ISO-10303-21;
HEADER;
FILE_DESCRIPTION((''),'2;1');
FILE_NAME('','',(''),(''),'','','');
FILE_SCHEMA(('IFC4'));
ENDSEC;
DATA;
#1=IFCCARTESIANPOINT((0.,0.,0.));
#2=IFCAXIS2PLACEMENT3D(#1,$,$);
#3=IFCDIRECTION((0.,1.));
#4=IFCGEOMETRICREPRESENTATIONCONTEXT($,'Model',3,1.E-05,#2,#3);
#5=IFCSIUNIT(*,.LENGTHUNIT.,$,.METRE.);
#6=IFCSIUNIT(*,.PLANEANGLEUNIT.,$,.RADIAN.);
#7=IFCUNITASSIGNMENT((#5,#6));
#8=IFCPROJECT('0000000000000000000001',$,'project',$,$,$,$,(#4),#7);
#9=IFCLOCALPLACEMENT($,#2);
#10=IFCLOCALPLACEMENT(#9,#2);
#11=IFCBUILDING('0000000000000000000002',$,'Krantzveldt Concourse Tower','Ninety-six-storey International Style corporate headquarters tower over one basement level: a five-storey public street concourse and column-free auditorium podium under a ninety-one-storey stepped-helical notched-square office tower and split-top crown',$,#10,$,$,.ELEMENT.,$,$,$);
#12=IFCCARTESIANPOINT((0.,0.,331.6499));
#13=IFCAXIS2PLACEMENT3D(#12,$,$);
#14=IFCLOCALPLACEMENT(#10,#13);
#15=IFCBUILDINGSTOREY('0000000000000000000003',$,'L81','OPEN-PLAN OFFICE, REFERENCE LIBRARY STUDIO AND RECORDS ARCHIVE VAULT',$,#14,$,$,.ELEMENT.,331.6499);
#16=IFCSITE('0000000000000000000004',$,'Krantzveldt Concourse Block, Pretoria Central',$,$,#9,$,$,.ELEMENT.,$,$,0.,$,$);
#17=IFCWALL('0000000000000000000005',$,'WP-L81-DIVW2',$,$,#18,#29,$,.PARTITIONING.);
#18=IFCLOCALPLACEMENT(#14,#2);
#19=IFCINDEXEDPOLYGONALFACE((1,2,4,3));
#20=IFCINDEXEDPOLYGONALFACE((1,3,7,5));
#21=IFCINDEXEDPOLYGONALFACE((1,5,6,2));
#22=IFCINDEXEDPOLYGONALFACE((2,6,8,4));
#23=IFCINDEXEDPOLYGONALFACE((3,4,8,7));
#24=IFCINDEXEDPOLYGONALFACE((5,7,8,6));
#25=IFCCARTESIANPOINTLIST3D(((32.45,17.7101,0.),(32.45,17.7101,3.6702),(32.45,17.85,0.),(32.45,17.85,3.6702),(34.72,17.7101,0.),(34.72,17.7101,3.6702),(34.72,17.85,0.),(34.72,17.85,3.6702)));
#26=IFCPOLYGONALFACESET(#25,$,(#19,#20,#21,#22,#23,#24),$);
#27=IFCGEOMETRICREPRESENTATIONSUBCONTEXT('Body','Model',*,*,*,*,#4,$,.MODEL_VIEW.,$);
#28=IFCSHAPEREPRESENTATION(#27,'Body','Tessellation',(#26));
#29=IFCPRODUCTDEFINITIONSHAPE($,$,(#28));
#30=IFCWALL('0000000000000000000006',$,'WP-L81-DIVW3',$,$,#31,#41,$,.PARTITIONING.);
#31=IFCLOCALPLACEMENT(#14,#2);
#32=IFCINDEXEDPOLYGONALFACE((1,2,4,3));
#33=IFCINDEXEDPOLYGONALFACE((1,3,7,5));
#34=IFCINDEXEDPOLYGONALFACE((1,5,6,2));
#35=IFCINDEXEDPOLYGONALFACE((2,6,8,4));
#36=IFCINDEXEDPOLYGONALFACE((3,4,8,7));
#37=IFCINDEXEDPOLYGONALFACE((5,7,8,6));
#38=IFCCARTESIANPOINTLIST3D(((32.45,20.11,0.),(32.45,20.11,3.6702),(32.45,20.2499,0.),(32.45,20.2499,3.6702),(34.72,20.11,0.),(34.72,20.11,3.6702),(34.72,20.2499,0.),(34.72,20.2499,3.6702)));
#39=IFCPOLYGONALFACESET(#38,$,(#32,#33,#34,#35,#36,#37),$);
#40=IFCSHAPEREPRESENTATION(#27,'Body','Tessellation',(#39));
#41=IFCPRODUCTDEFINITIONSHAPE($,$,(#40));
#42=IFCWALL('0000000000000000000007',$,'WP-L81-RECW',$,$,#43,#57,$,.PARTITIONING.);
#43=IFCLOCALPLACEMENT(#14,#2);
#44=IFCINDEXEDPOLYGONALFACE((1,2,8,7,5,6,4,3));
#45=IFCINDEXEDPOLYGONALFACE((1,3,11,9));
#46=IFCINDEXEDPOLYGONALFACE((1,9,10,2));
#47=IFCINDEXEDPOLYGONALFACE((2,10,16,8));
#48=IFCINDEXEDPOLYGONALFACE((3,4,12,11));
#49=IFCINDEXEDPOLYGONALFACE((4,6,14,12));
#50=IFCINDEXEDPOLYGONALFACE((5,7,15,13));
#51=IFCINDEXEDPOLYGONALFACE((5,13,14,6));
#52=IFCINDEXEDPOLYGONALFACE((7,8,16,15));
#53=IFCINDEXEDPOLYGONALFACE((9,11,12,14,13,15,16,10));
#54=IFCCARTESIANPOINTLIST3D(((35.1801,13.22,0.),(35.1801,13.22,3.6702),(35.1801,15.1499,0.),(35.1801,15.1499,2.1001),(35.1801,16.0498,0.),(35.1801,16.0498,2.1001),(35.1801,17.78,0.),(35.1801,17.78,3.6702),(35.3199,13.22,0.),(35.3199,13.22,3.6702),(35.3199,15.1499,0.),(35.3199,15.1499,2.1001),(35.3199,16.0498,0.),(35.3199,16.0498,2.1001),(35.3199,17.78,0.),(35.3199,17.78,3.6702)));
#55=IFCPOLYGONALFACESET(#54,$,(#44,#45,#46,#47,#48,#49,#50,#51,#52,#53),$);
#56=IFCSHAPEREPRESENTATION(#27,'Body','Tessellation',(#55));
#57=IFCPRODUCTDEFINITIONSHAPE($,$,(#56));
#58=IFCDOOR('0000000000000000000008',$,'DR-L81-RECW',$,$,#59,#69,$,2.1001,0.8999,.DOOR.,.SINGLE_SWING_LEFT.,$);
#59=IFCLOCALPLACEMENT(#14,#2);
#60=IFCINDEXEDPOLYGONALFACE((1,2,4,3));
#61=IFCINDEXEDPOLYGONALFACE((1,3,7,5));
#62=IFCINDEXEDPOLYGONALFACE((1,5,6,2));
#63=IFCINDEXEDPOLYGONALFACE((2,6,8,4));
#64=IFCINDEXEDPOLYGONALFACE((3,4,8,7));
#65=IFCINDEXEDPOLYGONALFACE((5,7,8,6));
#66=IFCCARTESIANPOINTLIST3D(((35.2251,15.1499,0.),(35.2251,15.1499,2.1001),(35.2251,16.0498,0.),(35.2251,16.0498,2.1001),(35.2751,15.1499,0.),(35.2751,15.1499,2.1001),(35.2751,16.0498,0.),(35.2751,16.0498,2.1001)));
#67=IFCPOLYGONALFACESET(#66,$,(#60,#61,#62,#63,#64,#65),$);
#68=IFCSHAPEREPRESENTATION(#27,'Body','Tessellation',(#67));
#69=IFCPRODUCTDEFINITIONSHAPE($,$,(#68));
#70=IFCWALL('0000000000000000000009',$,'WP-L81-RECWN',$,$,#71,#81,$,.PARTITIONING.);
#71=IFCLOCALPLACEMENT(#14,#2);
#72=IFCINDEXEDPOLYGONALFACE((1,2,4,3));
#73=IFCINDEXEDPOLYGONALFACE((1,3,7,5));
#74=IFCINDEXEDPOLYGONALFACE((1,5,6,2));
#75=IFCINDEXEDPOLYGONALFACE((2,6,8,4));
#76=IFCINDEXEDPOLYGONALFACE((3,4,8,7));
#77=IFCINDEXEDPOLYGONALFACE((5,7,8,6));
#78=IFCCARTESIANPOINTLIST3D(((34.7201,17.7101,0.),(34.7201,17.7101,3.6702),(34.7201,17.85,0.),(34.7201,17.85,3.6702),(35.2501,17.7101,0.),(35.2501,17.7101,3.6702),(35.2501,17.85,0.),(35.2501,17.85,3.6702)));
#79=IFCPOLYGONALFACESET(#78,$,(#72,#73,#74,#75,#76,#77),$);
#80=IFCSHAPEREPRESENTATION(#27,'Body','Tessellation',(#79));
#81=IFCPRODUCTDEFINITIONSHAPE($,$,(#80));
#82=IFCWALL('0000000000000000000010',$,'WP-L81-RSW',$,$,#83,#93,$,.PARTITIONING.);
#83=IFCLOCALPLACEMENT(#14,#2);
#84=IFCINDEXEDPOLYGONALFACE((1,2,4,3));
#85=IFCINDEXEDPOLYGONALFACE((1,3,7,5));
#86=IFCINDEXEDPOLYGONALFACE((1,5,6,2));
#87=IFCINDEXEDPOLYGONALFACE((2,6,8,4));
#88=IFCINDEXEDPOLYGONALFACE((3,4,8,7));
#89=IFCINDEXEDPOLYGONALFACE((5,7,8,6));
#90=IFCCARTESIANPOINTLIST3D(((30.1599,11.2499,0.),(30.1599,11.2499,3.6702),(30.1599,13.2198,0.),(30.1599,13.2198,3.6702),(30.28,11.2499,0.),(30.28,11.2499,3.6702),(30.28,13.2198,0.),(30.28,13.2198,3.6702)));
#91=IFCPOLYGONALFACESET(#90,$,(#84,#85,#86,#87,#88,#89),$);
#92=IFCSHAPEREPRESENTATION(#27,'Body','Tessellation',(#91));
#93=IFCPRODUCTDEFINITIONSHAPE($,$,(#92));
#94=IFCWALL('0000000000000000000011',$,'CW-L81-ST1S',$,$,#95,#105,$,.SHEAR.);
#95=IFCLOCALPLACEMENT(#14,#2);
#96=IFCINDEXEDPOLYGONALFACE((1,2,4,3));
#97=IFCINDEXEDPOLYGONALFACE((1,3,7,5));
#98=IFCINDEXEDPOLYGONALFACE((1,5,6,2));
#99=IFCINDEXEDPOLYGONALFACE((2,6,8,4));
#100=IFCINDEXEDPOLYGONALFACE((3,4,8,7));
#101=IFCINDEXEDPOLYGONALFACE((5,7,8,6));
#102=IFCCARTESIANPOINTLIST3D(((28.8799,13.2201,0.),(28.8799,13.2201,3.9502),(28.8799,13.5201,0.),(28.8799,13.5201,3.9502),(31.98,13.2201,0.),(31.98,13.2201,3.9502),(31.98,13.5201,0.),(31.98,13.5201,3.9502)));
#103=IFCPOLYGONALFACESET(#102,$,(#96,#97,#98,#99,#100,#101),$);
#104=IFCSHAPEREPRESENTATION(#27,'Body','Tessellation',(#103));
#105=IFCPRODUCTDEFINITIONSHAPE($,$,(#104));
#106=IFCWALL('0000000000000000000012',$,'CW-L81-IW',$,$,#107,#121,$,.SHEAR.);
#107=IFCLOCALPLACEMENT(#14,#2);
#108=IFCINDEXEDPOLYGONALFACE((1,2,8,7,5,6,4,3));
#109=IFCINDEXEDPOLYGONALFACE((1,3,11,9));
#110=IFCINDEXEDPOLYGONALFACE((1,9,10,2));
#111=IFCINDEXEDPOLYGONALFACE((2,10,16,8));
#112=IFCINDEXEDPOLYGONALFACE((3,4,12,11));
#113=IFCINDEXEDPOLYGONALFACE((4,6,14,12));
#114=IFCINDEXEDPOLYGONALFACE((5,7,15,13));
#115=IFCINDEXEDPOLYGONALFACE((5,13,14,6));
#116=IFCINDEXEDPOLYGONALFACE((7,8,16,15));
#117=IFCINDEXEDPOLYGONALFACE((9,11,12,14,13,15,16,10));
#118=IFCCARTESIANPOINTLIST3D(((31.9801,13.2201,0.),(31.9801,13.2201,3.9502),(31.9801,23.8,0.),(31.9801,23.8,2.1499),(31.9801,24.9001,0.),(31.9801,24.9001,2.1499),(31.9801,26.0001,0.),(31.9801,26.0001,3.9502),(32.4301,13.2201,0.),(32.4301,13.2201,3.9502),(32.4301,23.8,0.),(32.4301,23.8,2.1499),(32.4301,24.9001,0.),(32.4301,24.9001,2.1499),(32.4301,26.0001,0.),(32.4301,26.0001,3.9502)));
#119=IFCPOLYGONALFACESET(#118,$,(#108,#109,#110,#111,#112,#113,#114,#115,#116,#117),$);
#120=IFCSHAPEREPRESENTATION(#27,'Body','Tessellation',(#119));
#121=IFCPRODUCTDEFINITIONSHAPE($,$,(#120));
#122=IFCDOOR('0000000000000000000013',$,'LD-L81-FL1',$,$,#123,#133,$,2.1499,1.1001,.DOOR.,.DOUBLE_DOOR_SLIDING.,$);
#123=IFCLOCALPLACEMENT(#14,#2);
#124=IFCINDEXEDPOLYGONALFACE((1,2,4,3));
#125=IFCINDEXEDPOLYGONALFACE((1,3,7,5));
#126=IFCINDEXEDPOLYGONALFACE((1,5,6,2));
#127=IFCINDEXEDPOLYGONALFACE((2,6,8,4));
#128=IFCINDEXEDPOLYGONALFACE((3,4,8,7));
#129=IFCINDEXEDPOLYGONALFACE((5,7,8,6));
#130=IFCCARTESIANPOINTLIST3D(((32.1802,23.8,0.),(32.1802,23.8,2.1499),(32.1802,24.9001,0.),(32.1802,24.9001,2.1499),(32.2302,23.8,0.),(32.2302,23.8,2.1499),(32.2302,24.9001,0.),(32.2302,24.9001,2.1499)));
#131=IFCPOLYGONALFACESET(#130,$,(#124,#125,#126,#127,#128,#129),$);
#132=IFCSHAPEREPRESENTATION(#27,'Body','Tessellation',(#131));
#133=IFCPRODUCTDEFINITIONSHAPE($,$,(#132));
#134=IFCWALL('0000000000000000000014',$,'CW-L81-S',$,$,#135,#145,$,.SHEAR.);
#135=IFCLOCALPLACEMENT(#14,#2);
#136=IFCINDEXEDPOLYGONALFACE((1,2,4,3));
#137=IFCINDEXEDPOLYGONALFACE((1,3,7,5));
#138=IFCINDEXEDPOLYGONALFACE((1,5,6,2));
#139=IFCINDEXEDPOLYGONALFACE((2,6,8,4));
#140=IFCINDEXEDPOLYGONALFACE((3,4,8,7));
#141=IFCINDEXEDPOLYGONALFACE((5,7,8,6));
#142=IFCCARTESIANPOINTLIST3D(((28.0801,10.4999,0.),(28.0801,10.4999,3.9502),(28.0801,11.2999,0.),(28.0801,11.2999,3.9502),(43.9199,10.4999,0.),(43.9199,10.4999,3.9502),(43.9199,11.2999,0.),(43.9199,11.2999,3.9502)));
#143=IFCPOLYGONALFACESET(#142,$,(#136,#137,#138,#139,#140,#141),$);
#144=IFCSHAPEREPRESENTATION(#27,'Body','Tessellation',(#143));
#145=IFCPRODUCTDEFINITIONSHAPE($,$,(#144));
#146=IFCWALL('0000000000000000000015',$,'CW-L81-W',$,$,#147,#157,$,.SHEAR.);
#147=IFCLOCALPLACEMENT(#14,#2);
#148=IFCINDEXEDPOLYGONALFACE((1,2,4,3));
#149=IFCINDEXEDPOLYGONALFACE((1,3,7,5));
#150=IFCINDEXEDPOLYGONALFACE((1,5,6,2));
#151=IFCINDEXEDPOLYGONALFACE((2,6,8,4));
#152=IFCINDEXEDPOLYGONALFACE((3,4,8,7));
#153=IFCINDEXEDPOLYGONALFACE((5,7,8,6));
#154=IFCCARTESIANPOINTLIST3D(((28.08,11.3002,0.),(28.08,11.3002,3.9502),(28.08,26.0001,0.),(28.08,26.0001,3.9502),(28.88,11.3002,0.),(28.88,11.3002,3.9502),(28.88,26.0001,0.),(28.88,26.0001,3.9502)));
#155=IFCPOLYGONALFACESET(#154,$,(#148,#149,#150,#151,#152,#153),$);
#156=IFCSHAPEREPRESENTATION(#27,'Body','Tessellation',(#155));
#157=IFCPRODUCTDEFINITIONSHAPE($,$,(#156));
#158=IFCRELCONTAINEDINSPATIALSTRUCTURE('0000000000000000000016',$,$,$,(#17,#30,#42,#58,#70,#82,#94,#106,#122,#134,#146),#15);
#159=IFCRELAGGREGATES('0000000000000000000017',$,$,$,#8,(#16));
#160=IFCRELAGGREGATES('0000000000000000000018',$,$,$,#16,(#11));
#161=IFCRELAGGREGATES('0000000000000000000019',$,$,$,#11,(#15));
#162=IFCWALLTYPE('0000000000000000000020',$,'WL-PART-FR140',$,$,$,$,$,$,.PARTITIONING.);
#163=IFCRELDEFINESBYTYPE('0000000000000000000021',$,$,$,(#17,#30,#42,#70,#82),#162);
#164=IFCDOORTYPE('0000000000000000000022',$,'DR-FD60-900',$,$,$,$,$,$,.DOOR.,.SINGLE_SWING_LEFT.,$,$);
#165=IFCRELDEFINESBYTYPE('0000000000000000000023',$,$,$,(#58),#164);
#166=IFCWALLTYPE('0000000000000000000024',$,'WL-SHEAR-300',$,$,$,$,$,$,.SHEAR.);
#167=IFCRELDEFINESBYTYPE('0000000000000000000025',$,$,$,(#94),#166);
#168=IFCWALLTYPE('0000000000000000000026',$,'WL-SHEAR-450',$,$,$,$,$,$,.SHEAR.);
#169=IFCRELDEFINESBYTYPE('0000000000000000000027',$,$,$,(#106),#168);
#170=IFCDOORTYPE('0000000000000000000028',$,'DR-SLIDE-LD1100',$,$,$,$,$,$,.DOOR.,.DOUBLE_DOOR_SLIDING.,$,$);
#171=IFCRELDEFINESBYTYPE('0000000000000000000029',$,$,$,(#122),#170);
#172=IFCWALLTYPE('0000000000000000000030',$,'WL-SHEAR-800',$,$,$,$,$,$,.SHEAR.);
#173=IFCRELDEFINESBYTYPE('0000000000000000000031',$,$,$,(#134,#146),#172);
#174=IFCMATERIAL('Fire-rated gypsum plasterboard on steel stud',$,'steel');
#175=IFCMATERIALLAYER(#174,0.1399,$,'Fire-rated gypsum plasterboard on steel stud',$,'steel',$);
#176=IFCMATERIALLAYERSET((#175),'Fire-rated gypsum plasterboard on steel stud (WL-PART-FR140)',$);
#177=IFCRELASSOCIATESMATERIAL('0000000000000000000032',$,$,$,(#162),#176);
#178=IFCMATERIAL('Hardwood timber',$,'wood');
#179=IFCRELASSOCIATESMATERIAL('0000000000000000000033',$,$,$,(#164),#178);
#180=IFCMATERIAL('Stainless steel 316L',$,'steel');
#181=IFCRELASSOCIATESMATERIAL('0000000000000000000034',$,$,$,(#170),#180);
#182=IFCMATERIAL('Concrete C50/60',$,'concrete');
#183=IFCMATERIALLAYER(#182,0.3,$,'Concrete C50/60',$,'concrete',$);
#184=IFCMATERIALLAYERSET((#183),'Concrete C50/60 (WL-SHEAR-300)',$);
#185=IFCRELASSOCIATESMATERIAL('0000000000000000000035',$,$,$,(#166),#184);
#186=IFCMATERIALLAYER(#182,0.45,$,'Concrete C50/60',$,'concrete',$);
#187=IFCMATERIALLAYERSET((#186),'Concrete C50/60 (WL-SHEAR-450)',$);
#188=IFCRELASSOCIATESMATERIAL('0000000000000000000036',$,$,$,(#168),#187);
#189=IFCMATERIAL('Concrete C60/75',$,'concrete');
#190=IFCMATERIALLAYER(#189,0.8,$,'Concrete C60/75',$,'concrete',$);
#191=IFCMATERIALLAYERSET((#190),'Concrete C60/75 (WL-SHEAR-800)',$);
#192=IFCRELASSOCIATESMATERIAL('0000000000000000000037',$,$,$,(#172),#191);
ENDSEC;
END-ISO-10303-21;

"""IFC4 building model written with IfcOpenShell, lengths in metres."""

from ifc_helpers import new_model, si_unit, direction, frame, frame_2d, origin, place, context, subcontext, project, spatial, rectangle, extrude, material, layer, layer_set, type_object, element, fill, save


model = new_model("IFC4")

# Units and contexts
model_context = context("Model", 3, precision=1e-05, world=origin(), true_north=direction((0.0, 1.0)))
body_context = subcontext(model_context, "Body", "Model", "MODEL_VIEW")
ifc_project = project(units=[si_unit("LENGTHUNIT", "METRE"), si_unit("PLANEANGLEUNIT", "RADIAN")], contexts=[model_context])

# Site, building, storey
site_placement = place(None, origin())
site = spatial("IfcSite", under=ifc_project, at=site_placement, Name="Krantzveldt Concourse Block, Pretoria Central", CompositionType="ELEMENT", RefElevation=0.0)
building_placement = place(site_placement, origin())
building = spatial("IfcBuilding", under=site, at=building_placement, Name="Krantzveldt Concourse Tower", Description="Ninety-six-storey International Style corporate headquarters tower over one basement level: a five-storey public street concourse and column-free auditorium podium under a ninety-one-storey stepped-helical notched-square office tower and split-top crown", CompositionType="ELEMENT")
storey_placement = place(building_placement, frame((0.0, 0.0, 331.6499)))
storey = spatial("IfcBuildingStorey", under=building, at=storey_placement, Name="L81", Description="OPEN-PLAN OFFICE, REFERENCE LIBRARY STUDIO AND RECORDS ARCHIVE VAULT", CompositionType="ELEMENT", Elevation=331.6499)

# Shared definitions
ifc_material_1 = material(Name="Fire-rated gypsum plasterboard on steel stud", Category="steel")
ifc_material_2 = material(Name="Hardwood timber", Category="wood")
ifc_layer_1 = layer(ifc_material_1, 0.1399, Name="Fire-rated gypsum plasterboard on steel stud", Category="steel")
ifc_layer_set_1 = layer_set([ifc_layer_1], Name="Fire-rated gypsum plasterboard on steel stud (WL-PART-FR140)")
wall_type_1 = type_object("IfcWallType", Name="WL-PART-FR140", PredefinedType="PARTITIONING", material=ifc_layer_set_1)
door_type_1 = type_object("IfcDoorType", Name="DR-FD60-900", OperationType="SINGLE_SWING_LEFT", PredefinedType="DOOR", material=ifc_material_2)
ifc_material_3 = material(Name="Stainless steel 316L", Category="steel")
door_type_2 = type_object("IfcDoorType", Name="DR-SLIDE-LD1100", OperationType="DOUBLE_DOOR_SLIDING", PredefinedType="DOOR", material=ifc_material_3)

# Walls
for number, where, z_axis, x_axis, name in (
    (1, (32.45, 17.78, 0.0), (0.0, 0.0, 1.0), (1.0, 0.0, 0.0), "WP-L81-DIVW2"),
    (2, (32.45, 20.1799, 0.0), (0.0, 0.0, 1.0), (1.0, 0.0, 0.0), "WP-L81-DIVW3"),
):
    element("IfcWall", number, at=place(storey_placement, frame(where, z_axis=z_axis, x_axis=x_axis)), inside=storey, type_object=wall_type_1, Name=name, PredefinedType="PARTITIONING", context=body_context, shape_type="SweptSolid", body=[
        extrude(rectangle(XDim=2.27, YDim=0.1399, at=frame_2d((1.135, 0.0))), origin(), (0.0, 0.0, 1.0), 3.6702),
    ])

# Wall, opening, door
wall_1_placement = place(storey_placement, frame((35.25, 13.22, 0.0), z_axis=(0.0, 0.0, 1.0), x_axis=(0.0, 1.0, 0.0)))
wall_1 = element("IfcWall", 3, at=wall_1_placement, inside=storey, type_object=wall_type_1, Name="WP-L81-RECW", PredefinedType="PARTITIONING", context=body_context, shape_type="SweptSolid", body=[
    extrude(rectangle(XDim=4.5601, YDim=0.1399, at=frame_2d((2.28, 0.0))), origin(), (0.0, 0.0, 1.0), 3.6702),
])
opening_1_placement = place(wall_1_placement, frame((1.9299, 0.0, 0.0)))
opening_1 = element("IfcOpeningElement", 4, at=opening_1_placement, cuts=wall_1, PredefinedType="OPENING", context=body_context, shape_type="SweptSolid", body=[
    extrude(rectangle(XDim=0.8999, YDim=2.1001, at=frame_2d((0.45, 1.05))), frame((0.0, 0.0801, 0.0), z_axis=(0.0, -1.0, 0.0), x_axis=(1.0, 0.0, 0.0)), (0.0, 0.0, 1.0), 0.1599),
])
door_1_placement = place(opening_1_placement, origin())
door_1 = element("IfcDoor", 5, at=door_1_placement, inside=storey, type_object=door_type_1, Name="DR-L81-RECW", OperationType="SINGLE_SWING_LEFT", OverallHeight=2.1001, OverallWidth=0.8999, PredefinedType="DOOR", context=body_context, shape_type="SweptSolid", body=[
    extrude(rectangle(XDim=0.8999, YDim=2.1001, at=frame_2d((0.45, 1.05))), frame((0.0, 0.0249, 0.0), z_axis=(0.0, -1.0, 0.0), x_axis=(1.0, 0.0, 0.0)), (0.0, 0.0, 1.0), 0.05),
])
fill(opening_1, door_1)

# Walls
wall_2_placement = place(storey_placement, frame((34.72, 17.78, 0.0), z_axis=(0.0, 0.0, 1.0), x_axis=(1.0, 0.0, 0.0)))
element("IfcWall", 6, at=wall_2_placement, inside=storey, type_object=wall_type_1, Name="WP-L81-RECWN", PredefinedType="PARTITIONING", context=body_context, shape_type="SweptSolid", body=[
    extrude(rectangle(XDim=0.53, YDim=0.1399, at=frame_2d((0.2651, 0.0))), origin(), (0.0, 0.0, 1.0), 3.6702),
])
wall_3_placement = place(storey_placement, frame((30.22, 11.25, 0.0), z_axis=(0.0, 0.0, 1.0), x_axis=(0.0, 1.0, 0.0)))
element("IfcWall", 7, at=wall_3_placement, inside=storey, type_object=wall_type_1, Name="WP-L81-RSW", PredefinedType="PARTITIONING", context=body_context, shape_type="SweptSolid", body=[
    extrude(rectangle(XDim=1.97, YDim=0.1201, at=frame_2d((0.9849, 0.0))), origin(), (0.0, 0.0, 1.0), 3.6702),
])
ifc_material_4 = material(Name="Concrete C50/60", Category="concrete")
ifc_layer_2 = layer(ifc_material_4, 0.3, Name="Concrete C50/60", Category="concrete")
ifc_layer_set_2 = layer_set([ifc_layer_2], Name="Concrete C50/60 (WL-SHEAR-300)")
wall_type_2 = type_object("IfcWallType", Name="WL-SHEAR-300", PredefinedType="SHEAR", material=ifc_layer_set_2)
wall_4_placement = place(storey_placement, frame((28.8799, 13.3701, 0.0), z_axis=(0.0, 0.0, 1.0), x_axis=(1.0, 0.0, 0.0)))
element("IfcWall", 8, at=wall_4_placement, inside=storey, type_object=wall_type_2, Name="CW-L81-ST1S", PredefinedType="SHEAR", context=body_context, shape_type="SweptSolid", body=[
    extrude(rectangle(XDim=3.1001, YDim=0.3, at=frame_2d((1.55, 0.0))), origin(), (0.0, 0.0, 1.0), 3.9502),
])

# Wall, opening, door
ifc_layer_3 = layer(ifc_material_4, 0.45, Name="Concrete C50/60", Category="concrete")
ifc_layer_set_3 = layer_set([ifc_layer_3], Name="Concrete C50/60 (WL-SHEAR-450)")
wall_type_3 = type_object("IfcWallType", Name="WL-SHEAR-450", PredefinedType="SHEAR", material=ifc_layer_set_3)
wall_5_placement = place(storey_placement, frame((32.2051, 13.22, 0.0), z_axis=(0.0, 0.0, 1.0), x_axis=(0.0, 1.0, 0.0)))
wall_5 = element("IfcWall", 9, at=wall_5_placement, inside=storey, type_object=wall_type_3, Name="CW-L81-IW", PredefinedType="SHEAR", context=body_context, shape_type="SweptSolid", body=[
    extrude(rectangle(XDim=12.78, YDim=0.45, at=frame_2d((6.3901, 0.0))), origin(), (0.0, 0.0, 1.0), 3.9502),
])
opening_2_placement = place(wall_5_placement, frame((10.5801, 0.0, 0.0)))
opening_2 = element("IfcOpeningElement", 10, at=opening_2_placement, cuts=wall_5, PredefinedType="OPENING", context=body_context, shape_type="SweptSolid", body=[
    extrude(rectangle(XDim=1.1001, YDim=2.1499, at=frame_2d((0.55, 1.075))), frame((0.0, 0.2349, 0.0), z_axis=(0.0, -1.0, 0.0), x_axis=(1.0, 0.0, 0.0)), (0.0, 0.0, 1.0), 0.47),
])
door_2_placement = place(opening_2_placement, origin())
door_2 = element("IfcDoor", 11, at=door_2_placement, inside=storey, type_object=door_type_2, Name="LD-L81-FL1", OperationType="DOUBLE_DOOR_SLIDING", OverallHeight=2.1499, OverallWidth=1.1001, PredefinedType="DOOR", context=body_context, shape_type="SweptSolid", body=[
    extrude(rectangle(XDim=1.1001, YDim=2.1499, at=frame_2d((0.55, 1.075))), frame((0.0, 0.0249, 0.0), z_axis=(0.0, -1.0, 0.0), x_axis=(1.0, 0.0, 0.0)), (0.0, 0.0, 1.0), 0.05),
])
fill(opening_2, door_2)

# Walls
ifc_material_5 = material(Name="Concrete C60/75", Category="concrete")
ifc_layer_4 = layer(ifc_material_5, 0.8, Name="Concrete C60/75", Category="concrete")
ifc_layer_set_4 = layer_set([ifc_layer_4], Name="Concrete C60/75 (WL-SHEAR-800)")
wall_type_4 = type_object("IfcWallType", Name="WL-SHEAR-800", PredefinedType="SHEAR", material=ifc_layer_set_4)
wall_6_placement = place(storey_placement, frame((28.0801, 10.8999, 0.0), z_axis=(0.0, 0.0, 1.0), x_axis=(1.0, 0.0, 0.0)))
element("IfcWall", 12, at=wall_6_placement, inside=storey, type_object=wall_type_4, Name="CW-L81-S", PredefinedType="SHEAR", context=body_context, shape_type="SweptSolid", body=[
    extrude(rectangle(XDim=15.8398, YDim=0.8, at=frame_2d((7.9199, 0.0))), origin(), (0.0, 0.0, 1.0), 3.9502),
])
wall_7_placement = place(storey_placement, frame((28.48, 11.3, 0.0), z_axis=(0.0, 0.0, 1.0), x_axis=(0.0, 1.0, 0.0)))
element("IfcWall", 13, at=wall_7_placement, inside=storey, type_object=wall_type_4, Name="CW-L81-W", PredefinedType="SHEAR", context=body_context, shape_type="SweptSolid", body=[
    extrude(rectangle(XDim=14.7, YDim=0.8, at=frame_2d((7.3501, 0.0))), origin(), (0.0, 0.0, 1.0), 3.9502),
])

save(model, "model.ifc")
